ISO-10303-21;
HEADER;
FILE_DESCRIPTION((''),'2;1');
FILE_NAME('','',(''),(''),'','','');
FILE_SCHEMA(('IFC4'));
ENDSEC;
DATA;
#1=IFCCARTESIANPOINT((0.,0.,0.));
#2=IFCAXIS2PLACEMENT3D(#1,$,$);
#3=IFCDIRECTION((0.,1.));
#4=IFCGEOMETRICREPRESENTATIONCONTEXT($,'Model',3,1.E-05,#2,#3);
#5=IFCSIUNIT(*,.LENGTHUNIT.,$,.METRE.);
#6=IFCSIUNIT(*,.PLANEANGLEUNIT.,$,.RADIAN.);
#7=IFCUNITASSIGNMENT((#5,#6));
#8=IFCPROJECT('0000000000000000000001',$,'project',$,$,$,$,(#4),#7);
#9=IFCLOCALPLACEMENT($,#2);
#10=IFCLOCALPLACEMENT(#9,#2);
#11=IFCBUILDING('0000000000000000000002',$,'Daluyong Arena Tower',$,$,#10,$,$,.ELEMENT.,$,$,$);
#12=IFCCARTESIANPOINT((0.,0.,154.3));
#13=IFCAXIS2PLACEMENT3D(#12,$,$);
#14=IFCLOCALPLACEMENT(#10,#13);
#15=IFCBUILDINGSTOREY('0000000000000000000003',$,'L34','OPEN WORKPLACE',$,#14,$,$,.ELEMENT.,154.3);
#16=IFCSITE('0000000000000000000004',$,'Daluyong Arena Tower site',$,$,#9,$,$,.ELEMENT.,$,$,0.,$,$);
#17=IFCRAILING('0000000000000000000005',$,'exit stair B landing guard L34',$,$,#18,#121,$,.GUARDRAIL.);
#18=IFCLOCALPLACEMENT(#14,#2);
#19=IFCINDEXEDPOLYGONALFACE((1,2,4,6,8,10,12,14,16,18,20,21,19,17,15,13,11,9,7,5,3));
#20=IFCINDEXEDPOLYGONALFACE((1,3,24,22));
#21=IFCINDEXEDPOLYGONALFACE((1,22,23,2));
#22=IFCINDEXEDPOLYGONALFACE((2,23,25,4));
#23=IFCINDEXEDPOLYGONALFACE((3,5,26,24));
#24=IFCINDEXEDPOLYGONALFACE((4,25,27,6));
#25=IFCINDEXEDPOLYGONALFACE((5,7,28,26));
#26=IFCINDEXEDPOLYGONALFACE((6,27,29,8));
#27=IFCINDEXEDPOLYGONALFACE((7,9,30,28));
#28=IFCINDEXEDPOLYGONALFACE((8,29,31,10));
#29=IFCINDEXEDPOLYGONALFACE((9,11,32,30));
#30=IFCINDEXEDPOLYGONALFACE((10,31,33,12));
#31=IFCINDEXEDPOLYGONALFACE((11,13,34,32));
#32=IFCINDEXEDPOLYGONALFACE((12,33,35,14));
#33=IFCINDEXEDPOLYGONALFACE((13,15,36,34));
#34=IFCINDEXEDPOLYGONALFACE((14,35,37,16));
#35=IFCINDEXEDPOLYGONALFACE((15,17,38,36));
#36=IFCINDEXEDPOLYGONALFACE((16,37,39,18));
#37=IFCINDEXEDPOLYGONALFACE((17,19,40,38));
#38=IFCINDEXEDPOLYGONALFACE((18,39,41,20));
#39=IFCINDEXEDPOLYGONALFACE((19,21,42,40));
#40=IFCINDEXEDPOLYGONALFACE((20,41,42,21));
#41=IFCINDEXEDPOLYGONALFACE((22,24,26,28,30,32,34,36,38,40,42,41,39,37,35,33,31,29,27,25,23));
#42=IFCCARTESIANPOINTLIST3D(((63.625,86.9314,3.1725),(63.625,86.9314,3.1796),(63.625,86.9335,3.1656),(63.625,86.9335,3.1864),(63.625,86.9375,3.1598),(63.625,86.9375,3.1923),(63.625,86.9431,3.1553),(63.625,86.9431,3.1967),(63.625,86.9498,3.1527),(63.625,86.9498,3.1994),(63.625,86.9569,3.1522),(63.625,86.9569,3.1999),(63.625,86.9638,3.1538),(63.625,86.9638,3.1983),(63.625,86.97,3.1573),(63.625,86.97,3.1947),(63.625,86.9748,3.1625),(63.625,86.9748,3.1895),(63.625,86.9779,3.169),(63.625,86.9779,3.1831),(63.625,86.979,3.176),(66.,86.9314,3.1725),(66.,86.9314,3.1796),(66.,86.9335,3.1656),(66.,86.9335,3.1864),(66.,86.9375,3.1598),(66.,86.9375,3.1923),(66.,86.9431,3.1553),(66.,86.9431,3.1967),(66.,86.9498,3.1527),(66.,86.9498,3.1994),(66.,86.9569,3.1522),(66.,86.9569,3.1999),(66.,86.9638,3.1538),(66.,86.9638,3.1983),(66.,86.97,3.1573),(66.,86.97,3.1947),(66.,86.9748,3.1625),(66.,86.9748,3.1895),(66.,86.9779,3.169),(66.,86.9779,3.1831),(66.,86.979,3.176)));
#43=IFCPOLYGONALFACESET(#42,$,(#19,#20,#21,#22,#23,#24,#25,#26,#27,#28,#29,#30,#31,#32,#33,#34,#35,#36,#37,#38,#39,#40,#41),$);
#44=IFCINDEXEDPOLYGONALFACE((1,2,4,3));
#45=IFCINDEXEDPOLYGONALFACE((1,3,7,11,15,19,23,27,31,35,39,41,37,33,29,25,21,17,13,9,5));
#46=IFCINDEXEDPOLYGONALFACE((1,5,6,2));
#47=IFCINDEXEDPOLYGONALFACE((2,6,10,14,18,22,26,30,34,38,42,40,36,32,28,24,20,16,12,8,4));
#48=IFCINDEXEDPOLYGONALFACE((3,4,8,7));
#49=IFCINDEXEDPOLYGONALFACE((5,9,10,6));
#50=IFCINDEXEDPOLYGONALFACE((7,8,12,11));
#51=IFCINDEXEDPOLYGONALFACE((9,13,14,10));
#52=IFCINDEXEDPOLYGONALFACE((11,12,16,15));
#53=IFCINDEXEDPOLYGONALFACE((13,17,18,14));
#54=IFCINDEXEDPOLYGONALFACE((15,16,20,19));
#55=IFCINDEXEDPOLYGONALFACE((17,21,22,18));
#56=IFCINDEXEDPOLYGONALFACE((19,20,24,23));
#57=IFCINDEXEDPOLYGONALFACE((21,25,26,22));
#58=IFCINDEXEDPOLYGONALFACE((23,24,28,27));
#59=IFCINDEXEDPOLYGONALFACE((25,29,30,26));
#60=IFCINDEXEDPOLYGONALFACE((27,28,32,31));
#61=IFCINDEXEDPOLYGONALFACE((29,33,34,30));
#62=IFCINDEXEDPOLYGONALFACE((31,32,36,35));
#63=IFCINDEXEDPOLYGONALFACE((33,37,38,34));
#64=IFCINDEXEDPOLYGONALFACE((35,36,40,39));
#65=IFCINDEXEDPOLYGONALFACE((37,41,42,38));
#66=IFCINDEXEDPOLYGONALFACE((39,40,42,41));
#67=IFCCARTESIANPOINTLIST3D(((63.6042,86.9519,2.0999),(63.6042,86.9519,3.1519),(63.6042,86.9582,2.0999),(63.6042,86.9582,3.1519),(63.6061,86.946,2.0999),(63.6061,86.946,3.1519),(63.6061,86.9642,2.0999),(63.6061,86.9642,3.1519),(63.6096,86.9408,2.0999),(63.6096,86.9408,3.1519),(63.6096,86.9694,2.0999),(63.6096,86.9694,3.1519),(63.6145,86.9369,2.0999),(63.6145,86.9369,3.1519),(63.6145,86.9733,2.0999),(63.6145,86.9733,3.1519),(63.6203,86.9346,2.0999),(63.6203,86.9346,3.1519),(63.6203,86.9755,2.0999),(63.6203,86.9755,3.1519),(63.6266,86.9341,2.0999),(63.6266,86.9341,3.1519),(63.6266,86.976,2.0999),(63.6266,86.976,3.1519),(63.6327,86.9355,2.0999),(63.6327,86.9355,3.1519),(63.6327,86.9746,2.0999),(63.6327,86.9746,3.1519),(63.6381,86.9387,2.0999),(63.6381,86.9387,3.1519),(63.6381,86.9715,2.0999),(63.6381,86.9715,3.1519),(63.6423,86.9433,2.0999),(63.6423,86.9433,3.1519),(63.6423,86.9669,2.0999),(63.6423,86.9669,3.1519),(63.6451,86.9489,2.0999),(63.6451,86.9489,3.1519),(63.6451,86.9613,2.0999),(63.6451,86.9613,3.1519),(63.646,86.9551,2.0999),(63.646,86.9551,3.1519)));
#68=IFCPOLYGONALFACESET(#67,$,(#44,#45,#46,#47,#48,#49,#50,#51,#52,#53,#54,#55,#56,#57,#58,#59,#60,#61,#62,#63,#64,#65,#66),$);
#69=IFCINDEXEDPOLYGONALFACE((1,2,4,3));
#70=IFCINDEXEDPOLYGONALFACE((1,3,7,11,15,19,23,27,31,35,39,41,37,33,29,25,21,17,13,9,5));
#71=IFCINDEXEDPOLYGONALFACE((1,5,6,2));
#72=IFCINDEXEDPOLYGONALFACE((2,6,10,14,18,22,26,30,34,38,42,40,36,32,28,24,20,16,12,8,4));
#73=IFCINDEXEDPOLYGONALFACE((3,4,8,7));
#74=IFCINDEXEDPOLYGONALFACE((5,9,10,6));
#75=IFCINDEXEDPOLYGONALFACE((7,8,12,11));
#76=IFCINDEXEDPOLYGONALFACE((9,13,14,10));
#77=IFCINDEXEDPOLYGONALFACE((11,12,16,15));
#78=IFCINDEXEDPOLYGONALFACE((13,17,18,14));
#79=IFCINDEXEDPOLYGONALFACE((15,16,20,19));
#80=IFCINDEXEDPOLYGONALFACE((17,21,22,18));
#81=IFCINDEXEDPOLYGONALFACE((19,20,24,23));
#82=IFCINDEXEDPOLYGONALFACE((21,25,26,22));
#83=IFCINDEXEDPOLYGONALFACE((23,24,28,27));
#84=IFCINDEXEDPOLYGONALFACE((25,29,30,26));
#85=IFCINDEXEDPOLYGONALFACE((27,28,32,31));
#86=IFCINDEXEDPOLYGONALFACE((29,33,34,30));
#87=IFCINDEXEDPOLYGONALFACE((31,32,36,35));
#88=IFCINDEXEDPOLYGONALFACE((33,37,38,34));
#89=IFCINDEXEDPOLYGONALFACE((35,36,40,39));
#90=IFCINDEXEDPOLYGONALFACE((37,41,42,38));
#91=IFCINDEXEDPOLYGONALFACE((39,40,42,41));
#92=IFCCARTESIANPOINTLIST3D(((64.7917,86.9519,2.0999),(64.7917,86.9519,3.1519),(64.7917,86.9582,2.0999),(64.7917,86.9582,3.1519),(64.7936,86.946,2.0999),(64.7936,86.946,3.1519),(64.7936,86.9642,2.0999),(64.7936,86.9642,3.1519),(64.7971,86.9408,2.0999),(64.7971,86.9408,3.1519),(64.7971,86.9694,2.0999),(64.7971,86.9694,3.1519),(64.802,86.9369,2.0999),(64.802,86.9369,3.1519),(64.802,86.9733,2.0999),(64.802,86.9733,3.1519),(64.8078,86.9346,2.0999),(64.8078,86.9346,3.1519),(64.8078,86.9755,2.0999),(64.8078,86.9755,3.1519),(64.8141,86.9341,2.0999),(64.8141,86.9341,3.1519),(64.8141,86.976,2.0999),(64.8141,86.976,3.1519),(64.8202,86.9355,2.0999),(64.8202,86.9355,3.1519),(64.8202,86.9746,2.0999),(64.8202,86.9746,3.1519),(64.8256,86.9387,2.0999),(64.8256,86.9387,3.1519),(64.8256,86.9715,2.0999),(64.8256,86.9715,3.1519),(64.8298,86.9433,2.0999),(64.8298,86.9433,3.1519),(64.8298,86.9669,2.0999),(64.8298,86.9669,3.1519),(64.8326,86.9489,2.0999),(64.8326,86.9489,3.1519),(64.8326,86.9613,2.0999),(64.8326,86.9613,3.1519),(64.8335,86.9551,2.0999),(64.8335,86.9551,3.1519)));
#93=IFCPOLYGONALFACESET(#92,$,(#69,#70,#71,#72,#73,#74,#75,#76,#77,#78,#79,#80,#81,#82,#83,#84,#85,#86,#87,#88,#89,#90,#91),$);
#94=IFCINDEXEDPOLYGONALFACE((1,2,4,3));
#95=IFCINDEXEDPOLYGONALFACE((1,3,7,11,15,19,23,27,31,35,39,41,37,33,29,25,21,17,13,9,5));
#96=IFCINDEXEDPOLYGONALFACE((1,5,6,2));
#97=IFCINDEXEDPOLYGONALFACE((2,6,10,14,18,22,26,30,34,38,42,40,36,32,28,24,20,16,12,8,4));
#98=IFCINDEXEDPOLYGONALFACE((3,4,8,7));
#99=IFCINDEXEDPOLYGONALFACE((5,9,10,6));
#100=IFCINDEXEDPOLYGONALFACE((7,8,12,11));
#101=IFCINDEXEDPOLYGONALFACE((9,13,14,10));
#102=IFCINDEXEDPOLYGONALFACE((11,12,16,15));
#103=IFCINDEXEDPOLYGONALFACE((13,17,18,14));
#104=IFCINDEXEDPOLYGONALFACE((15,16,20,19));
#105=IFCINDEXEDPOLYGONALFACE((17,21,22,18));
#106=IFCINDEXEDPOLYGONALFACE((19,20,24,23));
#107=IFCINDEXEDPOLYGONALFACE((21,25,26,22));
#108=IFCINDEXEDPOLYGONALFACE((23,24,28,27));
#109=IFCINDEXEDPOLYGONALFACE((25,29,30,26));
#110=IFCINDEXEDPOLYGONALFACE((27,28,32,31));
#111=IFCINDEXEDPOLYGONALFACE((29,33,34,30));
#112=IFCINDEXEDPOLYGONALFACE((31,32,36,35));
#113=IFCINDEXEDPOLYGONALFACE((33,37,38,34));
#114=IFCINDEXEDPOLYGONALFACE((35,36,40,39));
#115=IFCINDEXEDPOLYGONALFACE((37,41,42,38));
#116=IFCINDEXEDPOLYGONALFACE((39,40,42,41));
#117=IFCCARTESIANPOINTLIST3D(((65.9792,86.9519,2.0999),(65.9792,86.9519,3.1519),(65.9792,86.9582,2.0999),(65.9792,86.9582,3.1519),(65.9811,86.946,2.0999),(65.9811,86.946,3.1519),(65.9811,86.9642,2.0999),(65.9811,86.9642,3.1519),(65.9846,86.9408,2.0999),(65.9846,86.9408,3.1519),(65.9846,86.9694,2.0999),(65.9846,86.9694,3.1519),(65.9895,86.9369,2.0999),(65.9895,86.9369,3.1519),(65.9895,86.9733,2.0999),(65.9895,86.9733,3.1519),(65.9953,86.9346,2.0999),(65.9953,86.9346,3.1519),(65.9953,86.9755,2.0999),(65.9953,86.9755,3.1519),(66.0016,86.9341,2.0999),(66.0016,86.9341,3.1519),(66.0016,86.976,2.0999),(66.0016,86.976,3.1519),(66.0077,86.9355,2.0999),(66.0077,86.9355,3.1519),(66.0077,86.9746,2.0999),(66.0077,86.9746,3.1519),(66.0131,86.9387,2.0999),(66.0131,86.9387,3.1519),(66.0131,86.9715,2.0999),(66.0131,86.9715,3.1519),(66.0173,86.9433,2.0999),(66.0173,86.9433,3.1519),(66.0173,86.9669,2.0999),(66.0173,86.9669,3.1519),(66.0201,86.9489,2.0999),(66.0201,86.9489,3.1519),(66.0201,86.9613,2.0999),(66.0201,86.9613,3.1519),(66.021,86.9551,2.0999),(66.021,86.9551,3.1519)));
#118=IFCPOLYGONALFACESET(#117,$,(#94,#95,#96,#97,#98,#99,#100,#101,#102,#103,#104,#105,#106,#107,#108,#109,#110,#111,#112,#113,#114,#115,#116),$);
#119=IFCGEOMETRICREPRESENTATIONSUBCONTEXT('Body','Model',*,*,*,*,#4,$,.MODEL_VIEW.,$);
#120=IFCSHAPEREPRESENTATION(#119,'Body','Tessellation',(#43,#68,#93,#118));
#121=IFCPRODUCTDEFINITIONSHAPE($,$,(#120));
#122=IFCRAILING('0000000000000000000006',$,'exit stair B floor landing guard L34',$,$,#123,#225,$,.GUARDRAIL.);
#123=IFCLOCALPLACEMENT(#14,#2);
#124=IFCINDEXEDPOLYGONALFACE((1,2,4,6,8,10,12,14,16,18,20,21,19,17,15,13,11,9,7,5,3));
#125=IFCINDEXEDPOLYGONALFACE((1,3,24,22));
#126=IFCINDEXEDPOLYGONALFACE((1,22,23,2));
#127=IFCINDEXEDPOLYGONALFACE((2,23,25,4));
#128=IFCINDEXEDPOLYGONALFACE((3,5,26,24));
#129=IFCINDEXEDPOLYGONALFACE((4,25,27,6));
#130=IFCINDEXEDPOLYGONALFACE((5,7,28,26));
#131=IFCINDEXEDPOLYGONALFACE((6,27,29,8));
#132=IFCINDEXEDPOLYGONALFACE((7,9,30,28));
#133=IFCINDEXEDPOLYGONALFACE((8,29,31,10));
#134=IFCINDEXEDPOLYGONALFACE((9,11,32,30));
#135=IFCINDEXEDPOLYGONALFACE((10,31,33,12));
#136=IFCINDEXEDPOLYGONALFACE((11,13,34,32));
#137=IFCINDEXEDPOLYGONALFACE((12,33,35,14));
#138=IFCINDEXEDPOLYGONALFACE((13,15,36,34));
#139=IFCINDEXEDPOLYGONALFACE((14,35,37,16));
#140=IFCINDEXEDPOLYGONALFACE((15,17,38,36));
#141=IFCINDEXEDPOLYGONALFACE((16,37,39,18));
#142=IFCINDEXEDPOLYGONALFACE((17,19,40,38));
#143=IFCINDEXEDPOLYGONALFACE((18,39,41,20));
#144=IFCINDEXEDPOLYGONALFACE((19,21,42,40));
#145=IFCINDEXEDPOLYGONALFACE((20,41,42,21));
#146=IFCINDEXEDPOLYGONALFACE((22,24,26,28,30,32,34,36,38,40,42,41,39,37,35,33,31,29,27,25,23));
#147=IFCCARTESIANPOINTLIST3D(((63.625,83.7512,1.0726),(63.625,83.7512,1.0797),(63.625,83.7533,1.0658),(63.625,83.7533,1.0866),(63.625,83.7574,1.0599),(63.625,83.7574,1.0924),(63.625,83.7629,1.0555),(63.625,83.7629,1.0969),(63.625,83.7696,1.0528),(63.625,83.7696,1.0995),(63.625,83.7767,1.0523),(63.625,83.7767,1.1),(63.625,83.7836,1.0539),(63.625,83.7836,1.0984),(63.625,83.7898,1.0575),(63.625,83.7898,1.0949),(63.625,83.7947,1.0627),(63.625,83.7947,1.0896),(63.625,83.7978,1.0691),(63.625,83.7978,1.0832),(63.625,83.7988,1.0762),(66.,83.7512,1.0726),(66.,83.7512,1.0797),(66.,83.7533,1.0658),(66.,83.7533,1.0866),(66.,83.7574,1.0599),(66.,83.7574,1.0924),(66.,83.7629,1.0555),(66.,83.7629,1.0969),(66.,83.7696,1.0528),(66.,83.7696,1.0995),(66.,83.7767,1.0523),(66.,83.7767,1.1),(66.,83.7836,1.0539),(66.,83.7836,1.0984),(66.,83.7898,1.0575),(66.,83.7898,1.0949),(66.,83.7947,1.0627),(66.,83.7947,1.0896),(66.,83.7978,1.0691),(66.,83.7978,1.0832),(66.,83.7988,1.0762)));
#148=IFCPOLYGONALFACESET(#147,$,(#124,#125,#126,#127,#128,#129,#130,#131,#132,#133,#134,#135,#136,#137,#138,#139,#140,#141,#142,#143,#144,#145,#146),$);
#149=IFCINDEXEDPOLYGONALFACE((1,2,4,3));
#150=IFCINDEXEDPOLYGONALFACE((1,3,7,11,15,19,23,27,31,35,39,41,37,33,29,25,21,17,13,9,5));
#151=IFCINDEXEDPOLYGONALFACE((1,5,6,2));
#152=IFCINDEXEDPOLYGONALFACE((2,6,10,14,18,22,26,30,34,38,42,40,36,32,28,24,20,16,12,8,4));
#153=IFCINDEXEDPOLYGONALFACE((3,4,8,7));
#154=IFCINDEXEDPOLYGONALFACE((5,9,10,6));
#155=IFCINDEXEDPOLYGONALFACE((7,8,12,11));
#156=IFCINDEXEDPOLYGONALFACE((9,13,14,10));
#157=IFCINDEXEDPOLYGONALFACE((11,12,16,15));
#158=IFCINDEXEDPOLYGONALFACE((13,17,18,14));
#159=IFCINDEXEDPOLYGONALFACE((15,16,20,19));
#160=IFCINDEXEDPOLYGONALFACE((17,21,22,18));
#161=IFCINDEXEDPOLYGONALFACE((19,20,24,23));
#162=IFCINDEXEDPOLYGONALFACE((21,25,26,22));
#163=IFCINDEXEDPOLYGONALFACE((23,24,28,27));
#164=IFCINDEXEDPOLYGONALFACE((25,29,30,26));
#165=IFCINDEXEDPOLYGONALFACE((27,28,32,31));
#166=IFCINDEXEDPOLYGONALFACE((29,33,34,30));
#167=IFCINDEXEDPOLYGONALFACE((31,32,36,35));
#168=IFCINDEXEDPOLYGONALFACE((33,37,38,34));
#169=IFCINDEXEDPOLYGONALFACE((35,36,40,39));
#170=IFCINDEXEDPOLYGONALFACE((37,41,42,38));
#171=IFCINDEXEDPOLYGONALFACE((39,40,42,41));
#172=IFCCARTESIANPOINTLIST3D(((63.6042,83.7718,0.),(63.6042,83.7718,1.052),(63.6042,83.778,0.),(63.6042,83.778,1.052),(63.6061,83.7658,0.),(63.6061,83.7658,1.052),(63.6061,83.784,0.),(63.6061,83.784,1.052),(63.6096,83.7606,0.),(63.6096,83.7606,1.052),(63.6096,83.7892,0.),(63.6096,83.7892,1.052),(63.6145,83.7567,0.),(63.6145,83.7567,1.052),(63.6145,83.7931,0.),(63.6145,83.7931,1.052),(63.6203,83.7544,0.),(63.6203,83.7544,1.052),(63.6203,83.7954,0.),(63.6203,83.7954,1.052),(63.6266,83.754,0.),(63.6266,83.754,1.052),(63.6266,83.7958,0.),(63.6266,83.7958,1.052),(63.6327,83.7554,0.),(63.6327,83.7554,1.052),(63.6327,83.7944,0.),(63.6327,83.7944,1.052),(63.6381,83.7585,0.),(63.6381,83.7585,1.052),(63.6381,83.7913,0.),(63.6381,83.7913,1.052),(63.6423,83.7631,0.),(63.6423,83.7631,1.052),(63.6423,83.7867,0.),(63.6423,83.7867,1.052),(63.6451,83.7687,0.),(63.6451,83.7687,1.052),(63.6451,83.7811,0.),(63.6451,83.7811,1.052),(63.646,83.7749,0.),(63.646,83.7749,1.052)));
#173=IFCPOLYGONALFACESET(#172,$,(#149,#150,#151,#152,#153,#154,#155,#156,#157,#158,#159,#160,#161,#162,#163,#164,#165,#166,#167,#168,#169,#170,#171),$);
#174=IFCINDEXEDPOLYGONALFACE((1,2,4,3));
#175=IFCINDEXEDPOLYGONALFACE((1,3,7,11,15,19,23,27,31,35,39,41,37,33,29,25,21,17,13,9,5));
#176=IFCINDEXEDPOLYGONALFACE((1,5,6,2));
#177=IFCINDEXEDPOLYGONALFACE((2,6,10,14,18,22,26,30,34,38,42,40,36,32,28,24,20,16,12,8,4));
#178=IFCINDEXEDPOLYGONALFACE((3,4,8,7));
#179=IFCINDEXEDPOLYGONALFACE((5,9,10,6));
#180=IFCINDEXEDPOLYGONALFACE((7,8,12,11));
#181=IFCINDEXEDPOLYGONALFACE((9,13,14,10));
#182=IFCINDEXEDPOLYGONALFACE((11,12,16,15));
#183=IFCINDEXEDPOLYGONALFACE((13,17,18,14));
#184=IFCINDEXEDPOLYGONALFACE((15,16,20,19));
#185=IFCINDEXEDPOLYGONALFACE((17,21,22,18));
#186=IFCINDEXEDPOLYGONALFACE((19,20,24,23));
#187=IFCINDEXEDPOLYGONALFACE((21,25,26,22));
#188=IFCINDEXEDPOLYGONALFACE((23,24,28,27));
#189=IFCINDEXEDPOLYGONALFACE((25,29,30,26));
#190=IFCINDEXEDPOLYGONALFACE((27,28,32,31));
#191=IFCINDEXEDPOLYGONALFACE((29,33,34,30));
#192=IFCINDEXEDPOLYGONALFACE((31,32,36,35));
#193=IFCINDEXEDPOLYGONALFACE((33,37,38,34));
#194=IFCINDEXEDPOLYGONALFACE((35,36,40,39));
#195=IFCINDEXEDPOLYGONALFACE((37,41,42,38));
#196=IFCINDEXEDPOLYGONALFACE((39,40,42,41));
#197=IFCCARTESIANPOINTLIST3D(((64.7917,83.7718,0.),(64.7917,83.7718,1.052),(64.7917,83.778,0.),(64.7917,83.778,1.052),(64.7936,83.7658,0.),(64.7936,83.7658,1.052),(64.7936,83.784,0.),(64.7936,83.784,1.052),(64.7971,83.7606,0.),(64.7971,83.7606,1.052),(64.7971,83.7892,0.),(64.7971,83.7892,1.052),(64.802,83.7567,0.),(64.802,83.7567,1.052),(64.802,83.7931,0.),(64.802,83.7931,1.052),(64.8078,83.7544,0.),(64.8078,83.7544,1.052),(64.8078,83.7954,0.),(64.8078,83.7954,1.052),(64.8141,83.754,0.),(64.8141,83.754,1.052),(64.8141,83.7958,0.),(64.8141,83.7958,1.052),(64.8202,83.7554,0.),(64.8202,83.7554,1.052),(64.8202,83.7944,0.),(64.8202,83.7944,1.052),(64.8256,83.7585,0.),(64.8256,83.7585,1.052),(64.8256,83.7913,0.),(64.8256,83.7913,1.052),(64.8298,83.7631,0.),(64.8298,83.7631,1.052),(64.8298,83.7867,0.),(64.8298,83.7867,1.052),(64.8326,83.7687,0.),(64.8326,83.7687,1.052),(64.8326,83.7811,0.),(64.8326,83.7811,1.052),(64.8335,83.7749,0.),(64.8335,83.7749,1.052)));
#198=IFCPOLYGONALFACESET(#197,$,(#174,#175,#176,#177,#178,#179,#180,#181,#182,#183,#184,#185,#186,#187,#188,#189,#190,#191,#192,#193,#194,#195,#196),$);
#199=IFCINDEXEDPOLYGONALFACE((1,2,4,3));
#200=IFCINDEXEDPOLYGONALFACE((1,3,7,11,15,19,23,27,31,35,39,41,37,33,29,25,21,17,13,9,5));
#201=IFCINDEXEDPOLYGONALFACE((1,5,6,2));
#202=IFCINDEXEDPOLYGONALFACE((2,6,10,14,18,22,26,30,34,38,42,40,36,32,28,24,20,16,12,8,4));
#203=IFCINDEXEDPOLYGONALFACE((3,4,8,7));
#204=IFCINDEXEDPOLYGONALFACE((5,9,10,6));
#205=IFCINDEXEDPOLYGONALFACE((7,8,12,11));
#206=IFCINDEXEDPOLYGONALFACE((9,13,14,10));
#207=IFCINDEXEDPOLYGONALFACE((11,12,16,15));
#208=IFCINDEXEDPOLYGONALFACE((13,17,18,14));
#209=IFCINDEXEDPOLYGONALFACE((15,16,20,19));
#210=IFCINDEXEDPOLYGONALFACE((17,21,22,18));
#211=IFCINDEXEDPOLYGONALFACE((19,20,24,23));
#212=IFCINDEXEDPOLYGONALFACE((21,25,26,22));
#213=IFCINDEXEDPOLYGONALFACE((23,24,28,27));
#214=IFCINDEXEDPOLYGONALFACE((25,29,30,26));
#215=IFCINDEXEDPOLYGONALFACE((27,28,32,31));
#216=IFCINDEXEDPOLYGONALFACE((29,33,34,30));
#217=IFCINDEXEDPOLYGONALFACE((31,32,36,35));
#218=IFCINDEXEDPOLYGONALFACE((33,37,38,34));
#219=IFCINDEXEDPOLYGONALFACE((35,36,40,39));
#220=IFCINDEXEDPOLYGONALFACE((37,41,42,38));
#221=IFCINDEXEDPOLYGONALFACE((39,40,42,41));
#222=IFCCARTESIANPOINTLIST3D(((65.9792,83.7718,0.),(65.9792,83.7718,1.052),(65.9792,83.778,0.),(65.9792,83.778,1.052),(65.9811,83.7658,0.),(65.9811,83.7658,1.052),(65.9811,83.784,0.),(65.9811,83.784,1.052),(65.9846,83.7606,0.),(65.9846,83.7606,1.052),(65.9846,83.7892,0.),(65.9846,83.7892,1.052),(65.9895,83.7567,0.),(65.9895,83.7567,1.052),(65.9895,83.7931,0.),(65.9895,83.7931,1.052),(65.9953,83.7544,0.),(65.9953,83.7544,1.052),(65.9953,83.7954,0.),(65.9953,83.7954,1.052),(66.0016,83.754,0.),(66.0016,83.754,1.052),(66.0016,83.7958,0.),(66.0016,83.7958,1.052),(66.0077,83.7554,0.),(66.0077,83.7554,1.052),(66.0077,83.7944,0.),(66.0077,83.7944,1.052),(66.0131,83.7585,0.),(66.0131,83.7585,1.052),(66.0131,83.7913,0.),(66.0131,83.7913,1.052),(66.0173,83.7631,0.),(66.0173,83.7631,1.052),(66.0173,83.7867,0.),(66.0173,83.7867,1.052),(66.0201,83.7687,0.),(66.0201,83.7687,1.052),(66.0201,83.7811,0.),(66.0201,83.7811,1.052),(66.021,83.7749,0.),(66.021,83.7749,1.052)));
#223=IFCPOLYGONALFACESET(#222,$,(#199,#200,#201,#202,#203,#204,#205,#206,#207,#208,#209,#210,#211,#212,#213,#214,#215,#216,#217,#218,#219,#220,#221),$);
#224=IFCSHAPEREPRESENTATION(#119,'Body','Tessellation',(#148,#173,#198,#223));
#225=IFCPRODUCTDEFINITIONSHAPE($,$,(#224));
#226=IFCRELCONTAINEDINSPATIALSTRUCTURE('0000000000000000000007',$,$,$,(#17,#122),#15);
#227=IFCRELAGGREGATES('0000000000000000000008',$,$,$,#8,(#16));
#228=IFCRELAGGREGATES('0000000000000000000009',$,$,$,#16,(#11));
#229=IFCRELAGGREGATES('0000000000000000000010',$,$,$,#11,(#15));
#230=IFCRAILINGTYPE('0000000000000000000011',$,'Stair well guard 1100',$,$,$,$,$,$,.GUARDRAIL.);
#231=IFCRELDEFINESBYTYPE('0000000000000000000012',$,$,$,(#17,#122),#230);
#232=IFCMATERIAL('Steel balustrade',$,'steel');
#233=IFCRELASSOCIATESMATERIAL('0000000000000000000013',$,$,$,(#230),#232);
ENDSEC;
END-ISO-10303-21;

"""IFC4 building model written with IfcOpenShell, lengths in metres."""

from ifc_helpers import new_model, si_unit, direction, frame, origin, origin_2d, place, context, subcontext, project, spatial, circle, extrude, material, type_object, element, save


model = new_model("IFC4")

# Units and contexts
model_context = context("Model", 3, precision=1e-05, world=origin(), true_north=direction((0.0, 1.0)))
body_context = subcontext(model_context, "Body", "Model", "MODEL_VIEW")
ifc_project = project(units=[si_unit("LENGTHUNIT", "METRE"), si_unit("PLANEANGLEUNIT", "RADIAN")], contexts=[model_context])

# Site, building, storey
site_placement = place(None, origin())
site = spatial("IfcSite", under=ifc_project, at=site_placement, Name="Daluyong Arena Tower site", CompositionType="ELEMENT", RefElevation=0.0)
building_placement = place(site_placement, origin())
building = spatial("IfcBuilding", under=site, at=building_placement, Name="Daluyong Arena Tower", CompositionType="ELEMENT")
storey_placement = place(building_placement, frame((0.0, 0.0, 154.3)))
storey = spatial("IfcBuildingStorey", under=building, at=storey_placement, Name="L34", Description="OPEN WORKPLACE", CompositionType="ELEMENT", Elevation=154.3)

# Railings
ifc_material_1 = material(Name="Steel balustrade", Category="steel")
railing_type_1 = type_object("IfcRailingType", Name="Stair well guard 1100", PredefinedType="GUARDRAIL", material=ifc_material_1)
for number, where, name in (
    (1, (63.625, 86.9551, 2.0999), "exit stair B landing guard L34"),
    (2, (63.625, 83.7749, 0.0), "exit stair B floor landing guard L34"),
):
    element("IfcRailing", number, at=place(storey_placement, frame(where)), inside=storey, type_object=railing_type_1, Name=name, PredefinedType="GUARDRAIL", context=body_context, shape_type="SweptSolid", body=[
        extrude(circle(Radius=0.0239, at=origin_2d()), frame((0.0, 0.0, 1.0762), z_axis=(1.0, 0.0, 0.0), x_axis=(0.0, 1.0, 0.0)), (0.0, 0.0, 1.0), 2.375),
        extrude(circle(Radius=0.021, at=origin_2d()), origin(), (0.0, 0.0, 1.0), 1.052),
        extrude(circle(Radius=0.021, at=origin_2d()), frame((1.1875, 0.0, 0.0)), (0.0, 0.0, 1.0), 1.052),
        extrude(circle(Radius=0.021, at=origin_2d()), frame((2.375, 0.0, 0.0)), (0.0, 0.0, 1.0), 1.052),
    ])

save(model, "model.ifc")
